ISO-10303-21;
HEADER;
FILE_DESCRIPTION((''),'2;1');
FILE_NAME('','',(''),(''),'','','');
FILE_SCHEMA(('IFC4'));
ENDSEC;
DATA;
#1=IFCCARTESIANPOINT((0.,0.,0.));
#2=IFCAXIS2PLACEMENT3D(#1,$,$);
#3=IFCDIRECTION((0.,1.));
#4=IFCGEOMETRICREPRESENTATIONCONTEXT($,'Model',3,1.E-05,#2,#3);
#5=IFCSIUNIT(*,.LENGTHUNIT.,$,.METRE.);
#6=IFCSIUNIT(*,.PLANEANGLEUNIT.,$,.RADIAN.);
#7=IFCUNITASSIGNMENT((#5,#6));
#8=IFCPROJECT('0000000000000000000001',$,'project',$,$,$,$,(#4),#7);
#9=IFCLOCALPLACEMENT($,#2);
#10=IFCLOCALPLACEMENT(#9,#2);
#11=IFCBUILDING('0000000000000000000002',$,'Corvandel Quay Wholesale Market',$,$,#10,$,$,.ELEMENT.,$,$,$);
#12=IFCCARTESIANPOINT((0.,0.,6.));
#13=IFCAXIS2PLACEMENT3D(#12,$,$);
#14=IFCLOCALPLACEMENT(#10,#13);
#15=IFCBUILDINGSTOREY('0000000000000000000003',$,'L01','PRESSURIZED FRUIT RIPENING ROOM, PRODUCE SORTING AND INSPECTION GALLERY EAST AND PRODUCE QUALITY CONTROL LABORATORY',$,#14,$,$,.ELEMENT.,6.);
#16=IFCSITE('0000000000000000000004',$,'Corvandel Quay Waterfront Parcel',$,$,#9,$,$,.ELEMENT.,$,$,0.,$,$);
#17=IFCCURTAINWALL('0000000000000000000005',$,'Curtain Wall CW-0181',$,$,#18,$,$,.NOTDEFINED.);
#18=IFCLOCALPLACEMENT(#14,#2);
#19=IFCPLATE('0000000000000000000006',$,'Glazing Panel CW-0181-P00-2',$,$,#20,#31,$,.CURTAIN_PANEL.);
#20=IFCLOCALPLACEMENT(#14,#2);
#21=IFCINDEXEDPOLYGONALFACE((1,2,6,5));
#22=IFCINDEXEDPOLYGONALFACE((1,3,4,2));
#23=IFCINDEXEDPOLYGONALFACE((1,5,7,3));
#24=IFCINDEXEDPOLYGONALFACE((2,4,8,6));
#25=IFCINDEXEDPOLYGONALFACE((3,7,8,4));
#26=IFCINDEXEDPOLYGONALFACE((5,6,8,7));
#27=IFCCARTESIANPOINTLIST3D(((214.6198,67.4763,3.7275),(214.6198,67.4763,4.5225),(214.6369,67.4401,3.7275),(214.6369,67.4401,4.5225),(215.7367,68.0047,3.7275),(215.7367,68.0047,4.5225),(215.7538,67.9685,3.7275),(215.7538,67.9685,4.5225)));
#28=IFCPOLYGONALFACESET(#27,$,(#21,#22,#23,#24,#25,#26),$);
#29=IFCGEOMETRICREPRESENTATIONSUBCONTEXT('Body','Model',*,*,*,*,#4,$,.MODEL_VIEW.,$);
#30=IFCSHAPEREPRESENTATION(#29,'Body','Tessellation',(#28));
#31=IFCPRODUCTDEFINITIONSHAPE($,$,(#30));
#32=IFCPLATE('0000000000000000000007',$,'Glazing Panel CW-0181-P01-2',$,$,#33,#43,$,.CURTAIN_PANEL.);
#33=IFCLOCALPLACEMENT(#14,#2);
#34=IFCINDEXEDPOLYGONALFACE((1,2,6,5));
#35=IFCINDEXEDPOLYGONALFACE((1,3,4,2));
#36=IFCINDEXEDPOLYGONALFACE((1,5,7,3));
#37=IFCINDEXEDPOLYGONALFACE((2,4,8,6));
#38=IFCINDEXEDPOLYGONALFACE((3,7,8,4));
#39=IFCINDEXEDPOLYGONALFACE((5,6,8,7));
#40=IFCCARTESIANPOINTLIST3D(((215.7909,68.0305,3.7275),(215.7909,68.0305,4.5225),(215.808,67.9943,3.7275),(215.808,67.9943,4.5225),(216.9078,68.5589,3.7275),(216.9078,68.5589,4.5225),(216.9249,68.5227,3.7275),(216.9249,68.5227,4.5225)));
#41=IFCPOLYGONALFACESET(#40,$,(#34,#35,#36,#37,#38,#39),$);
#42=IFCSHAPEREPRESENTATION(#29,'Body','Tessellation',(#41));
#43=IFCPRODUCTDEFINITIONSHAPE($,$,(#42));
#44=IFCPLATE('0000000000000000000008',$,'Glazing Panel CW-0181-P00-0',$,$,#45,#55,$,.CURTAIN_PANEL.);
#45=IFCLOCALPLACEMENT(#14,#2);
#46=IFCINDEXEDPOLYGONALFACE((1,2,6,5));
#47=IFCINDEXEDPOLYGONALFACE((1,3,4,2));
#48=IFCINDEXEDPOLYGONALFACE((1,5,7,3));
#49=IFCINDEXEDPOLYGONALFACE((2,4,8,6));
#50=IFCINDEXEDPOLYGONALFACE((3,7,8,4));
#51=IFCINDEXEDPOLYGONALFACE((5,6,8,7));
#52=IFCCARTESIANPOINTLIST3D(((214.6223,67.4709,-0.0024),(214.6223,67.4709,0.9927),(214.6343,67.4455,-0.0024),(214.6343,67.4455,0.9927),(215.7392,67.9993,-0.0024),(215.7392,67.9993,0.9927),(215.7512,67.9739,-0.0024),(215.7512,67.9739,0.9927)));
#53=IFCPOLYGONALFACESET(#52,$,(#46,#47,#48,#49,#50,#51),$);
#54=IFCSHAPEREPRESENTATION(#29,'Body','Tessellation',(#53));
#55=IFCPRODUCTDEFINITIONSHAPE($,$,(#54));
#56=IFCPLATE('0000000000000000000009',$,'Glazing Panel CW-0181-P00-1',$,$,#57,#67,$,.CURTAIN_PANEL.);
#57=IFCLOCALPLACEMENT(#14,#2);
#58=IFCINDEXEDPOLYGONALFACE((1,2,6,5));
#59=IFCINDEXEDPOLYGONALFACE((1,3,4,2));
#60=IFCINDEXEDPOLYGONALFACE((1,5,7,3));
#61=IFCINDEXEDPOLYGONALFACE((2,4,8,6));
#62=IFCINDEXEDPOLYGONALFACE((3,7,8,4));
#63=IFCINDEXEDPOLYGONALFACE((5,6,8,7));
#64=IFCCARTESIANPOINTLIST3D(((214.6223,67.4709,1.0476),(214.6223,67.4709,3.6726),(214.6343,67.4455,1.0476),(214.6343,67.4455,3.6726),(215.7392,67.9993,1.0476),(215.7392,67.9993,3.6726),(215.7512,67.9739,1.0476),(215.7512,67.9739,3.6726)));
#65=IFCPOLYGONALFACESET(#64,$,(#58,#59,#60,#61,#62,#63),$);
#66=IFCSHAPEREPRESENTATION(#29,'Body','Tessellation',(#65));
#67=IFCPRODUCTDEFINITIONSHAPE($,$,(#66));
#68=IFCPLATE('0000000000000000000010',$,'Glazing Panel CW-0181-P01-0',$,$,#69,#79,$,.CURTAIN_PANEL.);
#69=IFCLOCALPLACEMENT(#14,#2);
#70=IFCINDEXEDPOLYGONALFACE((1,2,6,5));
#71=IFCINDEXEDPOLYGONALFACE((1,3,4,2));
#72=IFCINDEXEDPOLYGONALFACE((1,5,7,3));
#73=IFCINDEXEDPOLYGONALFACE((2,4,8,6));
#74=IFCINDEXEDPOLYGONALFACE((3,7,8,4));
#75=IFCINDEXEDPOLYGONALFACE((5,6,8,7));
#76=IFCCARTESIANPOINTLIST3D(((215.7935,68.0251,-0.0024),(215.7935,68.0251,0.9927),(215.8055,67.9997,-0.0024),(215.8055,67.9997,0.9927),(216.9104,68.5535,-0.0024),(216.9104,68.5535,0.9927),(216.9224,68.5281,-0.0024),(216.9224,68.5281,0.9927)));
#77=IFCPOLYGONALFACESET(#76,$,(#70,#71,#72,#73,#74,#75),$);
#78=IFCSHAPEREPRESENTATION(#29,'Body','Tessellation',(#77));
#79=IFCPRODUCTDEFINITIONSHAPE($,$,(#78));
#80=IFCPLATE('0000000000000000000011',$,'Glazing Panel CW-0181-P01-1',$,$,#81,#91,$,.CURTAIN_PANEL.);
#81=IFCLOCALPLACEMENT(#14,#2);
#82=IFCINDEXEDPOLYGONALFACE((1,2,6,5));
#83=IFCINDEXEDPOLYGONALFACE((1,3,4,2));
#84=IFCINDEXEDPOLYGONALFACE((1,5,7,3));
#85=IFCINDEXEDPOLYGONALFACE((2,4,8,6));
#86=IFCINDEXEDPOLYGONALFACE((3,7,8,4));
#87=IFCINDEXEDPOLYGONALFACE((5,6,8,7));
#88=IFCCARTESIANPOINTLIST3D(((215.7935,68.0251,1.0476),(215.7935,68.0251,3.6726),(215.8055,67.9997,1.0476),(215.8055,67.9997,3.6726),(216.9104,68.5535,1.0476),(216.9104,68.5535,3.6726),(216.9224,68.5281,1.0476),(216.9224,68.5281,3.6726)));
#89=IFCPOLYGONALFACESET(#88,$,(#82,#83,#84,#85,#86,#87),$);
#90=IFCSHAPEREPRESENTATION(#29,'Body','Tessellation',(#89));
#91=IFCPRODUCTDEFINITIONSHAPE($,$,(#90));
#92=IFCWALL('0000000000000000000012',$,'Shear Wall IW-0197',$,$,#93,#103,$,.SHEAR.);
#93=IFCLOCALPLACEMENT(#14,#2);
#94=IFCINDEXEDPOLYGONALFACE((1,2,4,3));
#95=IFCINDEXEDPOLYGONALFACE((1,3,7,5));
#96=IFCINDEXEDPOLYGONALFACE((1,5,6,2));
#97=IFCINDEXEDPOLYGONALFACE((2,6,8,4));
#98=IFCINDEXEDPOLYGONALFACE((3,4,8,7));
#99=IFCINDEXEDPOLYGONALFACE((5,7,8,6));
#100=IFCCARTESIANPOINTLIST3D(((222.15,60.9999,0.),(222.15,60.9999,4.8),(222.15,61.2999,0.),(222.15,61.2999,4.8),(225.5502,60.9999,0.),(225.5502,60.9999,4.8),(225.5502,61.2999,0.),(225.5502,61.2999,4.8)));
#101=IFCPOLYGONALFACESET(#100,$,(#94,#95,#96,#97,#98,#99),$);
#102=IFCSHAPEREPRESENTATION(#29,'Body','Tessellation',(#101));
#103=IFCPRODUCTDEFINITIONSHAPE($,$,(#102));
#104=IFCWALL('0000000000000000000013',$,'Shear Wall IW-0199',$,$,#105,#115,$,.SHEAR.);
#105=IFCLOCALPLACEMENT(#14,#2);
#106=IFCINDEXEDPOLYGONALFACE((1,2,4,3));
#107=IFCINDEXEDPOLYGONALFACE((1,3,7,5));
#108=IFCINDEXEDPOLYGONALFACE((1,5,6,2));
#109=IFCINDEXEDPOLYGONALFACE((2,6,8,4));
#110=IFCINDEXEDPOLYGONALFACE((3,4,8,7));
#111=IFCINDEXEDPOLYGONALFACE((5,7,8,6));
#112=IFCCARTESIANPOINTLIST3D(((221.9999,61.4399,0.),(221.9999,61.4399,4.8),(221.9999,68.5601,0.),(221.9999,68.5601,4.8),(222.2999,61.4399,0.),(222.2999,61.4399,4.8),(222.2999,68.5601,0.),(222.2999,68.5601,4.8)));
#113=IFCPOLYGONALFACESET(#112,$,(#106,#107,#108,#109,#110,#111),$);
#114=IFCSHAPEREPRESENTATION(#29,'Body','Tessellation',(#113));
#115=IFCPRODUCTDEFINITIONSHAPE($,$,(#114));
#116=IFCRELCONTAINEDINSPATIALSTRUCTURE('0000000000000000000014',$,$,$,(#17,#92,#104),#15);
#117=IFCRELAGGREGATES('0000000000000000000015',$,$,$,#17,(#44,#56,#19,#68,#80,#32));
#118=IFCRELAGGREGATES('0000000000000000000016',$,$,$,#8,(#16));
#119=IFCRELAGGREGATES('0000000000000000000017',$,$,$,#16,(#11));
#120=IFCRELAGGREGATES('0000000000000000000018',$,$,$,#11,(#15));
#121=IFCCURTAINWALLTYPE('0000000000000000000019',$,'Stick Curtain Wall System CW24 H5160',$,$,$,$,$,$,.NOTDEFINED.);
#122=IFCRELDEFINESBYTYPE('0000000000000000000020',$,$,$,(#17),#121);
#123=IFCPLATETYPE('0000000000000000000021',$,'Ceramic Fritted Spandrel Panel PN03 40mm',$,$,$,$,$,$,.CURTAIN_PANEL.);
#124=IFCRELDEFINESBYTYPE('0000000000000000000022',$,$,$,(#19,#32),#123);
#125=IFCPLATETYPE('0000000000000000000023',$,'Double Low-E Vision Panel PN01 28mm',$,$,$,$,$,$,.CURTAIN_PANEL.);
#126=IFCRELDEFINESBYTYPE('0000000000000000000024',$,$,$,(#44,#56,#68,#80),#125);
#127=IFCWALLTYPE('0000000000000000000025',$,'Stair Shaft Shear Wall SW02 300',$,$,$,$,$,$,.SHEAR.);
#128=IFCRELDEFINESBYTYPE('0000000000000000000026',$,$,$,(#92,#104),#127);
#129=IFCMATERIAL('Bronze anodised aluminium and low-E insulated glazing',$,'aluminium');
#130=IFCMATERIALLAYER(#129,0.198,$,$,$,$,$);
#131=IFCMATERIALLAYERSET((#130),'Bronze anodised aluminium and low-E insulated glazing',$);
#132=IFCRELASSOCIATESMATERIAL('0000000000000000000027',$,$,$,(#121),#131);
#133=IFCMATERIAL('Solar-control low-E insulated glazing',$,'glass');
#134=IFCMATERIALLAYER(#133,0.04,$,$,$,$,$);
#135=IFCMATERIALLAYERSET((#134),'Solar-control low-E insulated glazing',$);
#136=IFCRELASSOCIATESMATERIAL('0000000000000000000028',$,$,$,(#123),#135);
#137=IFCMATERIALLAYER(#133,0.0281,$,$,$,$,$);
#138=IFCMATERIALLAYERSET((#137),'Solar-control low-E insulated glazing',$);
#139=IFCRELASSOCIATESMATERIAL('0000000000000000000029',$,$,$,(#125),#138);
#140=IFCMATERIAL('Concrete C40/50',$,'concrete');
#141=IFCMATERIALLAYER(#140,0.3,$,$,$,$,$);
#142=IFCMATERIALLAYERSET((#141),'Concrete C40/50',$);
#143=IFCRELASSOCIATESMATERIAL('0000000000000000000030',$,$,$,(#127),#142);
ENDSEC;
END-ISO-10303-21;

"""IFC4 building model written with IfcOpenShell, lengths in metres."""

from ifc_helpers import new_model, si_unit, direction, frame, frame_2d, origin, origin_2d, place, context, subcontext, project, spatial, rectangle, extrude, material, layer, layer_set, type_object, element, aggregate, save


model = new_model("IFC4")

# Units and contexts
model_context = context("Model", 3, precision=1e-05, world=origin(), true_north=direction((0.0, 1.0)))
body_context = subcontext(model_context, "Body", "Model", "MODEL_VIEW")
ifc_project = project(units=[si_unit("LENGTHUNIT", "METRE"), si_unit("PLANEANGLEUNIT", "RADIAN")], contexts=[model_context])

# Site, building, storey
site_placement = place(None, origin())
site = spatial("IfcSite", under=ifc_project, at=site_placement, Name="Corvandel Quay Waterfront Parcel", CompositionType="ELEMENT", RefElevation=0.0)
building_placement = place(site_placement, origin())
building = spatial("IfcBuilding", under=site, at=building_placement, Name="Corvandel Quay Wholesale Market", CompositionType="ELEMENT")
storey_placement = place(building_placement, frame((0.0, 0.0, 6.0)))
storey = spatial("IfcBuildingStorey", under=building, at=storey_placement, Name="L01", Description="PRESSURIZED FRUIT RIPENING ROOM, PRODUCE SORTING AND INSPECTION GALLERY EAST AND PRODUCE QUALITY CONTROL LABORATORY", CompositionType="ELEMENT", Elevation=6.0)

# Curtain wall
ifc_material_1 = material(Name="Bronze anodised aluminium and low-E insulated glazing", Category="aluminium")
ifc_layer_1 = layer(ifc_material_1, 0.198)
ifc_layer_set_1 = layer_set([ifc_layer_1], Name="Bronze anodised aluminium and low-E insulated glazing")
curtain_wall_type = type_object("IfcCurtainWallType", Name="Stick Curtain Wall System CW24 H5160", PredefinedType="NOTDEFINED", material=ifc_layer_set_1)
curtain_wall_placement = place(storey_placement, origin())
curtain_wall = element("IfcCurtainWall", 1, at=curtain_wall_placement, inside=storey, type_object=curtain_wall_type, Name="Curtain Wall CW-0181", PredefinedType="NOTDEFINED")

# Plates
ifc_material_2 = material(Name="Solar-control low-E insulated glazing", Category="glass")
ifc_layer_2 = layer(ifc_material_2, 0.04)
ifc_layer_set_2 = layer_set([ifc_layer_2], Name="Solar-control low-E insulated glazing")
plate_type_1 = type_object("IfcPlateType", Name="Ceramic Fritted Spandrel Panel PN03 40mm", PredefinedType="CURTAIN_PANEL", material=ifc_layer_set_2)
plate_1_placement = place(storey_placement, frame((215.1868, 67.7224, 3.7275), z_axis=(0.0, 0.0, 1.0), x_axis=(0.903933, 0.427673, 0.0)))
plate_1 = element("IfcPlate", 2, at=plate_1_placement, type_object=plate_type_1, Name="Glazing Panel CW-0181-P00-2", PredefinedType="CURTAIN_PANEL", context=body_context, shape_type="SweptSolid", body=[
    extrude(rectangle(XDim=1.2356, YDim=0.04, at=origin_2d()), origin(), (0.0, 0.0, 1.0), 0.7949),
])
plate_2_placement = place(storey_placement, frame((216.3579, 68.2766, 3.7275), z_axis=(0.0, 0.0, 1.0), x_axis=(0.903933, 0.427673, 0.0)))
plate_2 = element("IfcPlate", 3, at=plate_2_placement, type_object=plate_type_1, Name="Glazing Panel CW-0181-P01-2", PredefinedType="CURTAIN_PANEL", context=body_context, shape_type="SweptSolid", body=[
    extrude(rectangle(XDim=1.2356, YDim=0.04, at=origin_2d()), origin(), (0.0, 0.0, 1.0), 0.7949),
])
ifc_layer_3 = layer(ifc_material_2, 0.0281)
ifc_layer_set_3 = layer_set([ifc_layer_3], Name="Solar-control low-E insulated glazing")
plate_type_2 = type_object("IfcPlateType", Name="Double Low-E Vision Panel PN01 28mm", PredefinedType="CURTAIN_PANEL", material=ifc_layer_set_3)
plate_3_placement = place(storey_placement, frame((215.1868, 67.7224, -0.0024), z_axis=(0.0, 0.0, 1.0), x_axis=(0.903933, 0.427673, 0.0)))
plate_3 = element("IfcPlate", 4, at=plate_3_placement, type_object=plate_type_2, Name="Glazing Panel CW-0181-P00-0", PredefinedType="CURTAIN_PANEL", context=body_context, shape_type="SweptSolid", body=[
    extrude(rectangle(XDim=1.2356, YDim=0.0281, at=origin_2d()), origin(), (0.0, 0.0, 1.0), 0.9951),
])
plate_4_placement = place(storey_placement, frame((215.1868, 67.7224, 1.0476), z_axis=(0.0, 0.0, 1.0), x_axis=(0.903933, 0.427673, 0.0)))
plate_4 = element("IfcPlate", 5, at=plate_4_placement, type_object=plate_type_2, Name="Glazing Panel CW-0181-P00-1", PredefinedType="CURTAIN_PANEL", context=body_context, shape_type="SweptSolid", body=[
    extrude(rectangle(XDim=1.2356, YDim=0.0281, at=origin_2d()), origin(), (0.0, 0.0, 1.0), 2.625),
])
plate_5_placement = place(storey_placement, frame((216.3579, 68.2766, -0.0024), z_axis=(0.0, 0.0, 1.0), x_axis=(0.903933, 0.427673, 0.0)))
plate_5 = element("IfcPlate", 6, at=plate_5_placement, type_object=plate_type_2, Name="Glazing Panel CW-0181-P01-0", PredefinedType="CURTAIN_PANEL", context=body_context, shape_type="SweptSolid", body=[
    extrude(rectangle(XDim=1.2356, YDim=0.0281, at=origin_2d()), origin(), (0.0, 0.0, 1.0), 0.9951),
])
plate_6_placement = place(storey_placement, frame((216.3579, 68.2766, 1.0476), z_axis=(0.0, 0.0, 1.0), x_axis=(0.903933, 0.427673, 0.0)))
plate_6 = element("IfcPlate", 7, at=plate_6_placement, type_object=plate_type_2, Name="Glazing Panel CW-0181-P01-1", PredefinedType="CURTAIN_PANEL", context=body_context, shape_type="SweptSolid", body=[
    extrude(rectangle(XDim=1.2356, YDim=0.0281, at=origin_2d()), origin(), (0.0, 0.0, 1.0), 2.625),
])
aggregate(curtain_wall, [plate_3, plate_4, plate_1, plate_5, plate_6, plate_2])

# Walls
ifc_material_3 = material(Name="Concrete C40/50", Category="concrete")
ifc_layer_4 = layer(ifc_material_3, 0.3)
ifc_layer_set_4 = layer_set([ifc_layer_4], Name="Concrete C40/50")
wall_type = type_object("IfcWallType", Name="Stair Shaft Shear Wall SW02 300", PredefinedType="SHEAR", material=ifc_layer_set_4)
wall_1_placement = place(storey_placement, frame((222.1499, 61.1499, 0.0), z_axis=(0.0, 0.0, 1.0), x_axis=(1.0, 0.0, 0.0)))
element("IfcWall", 8, at=wall_1_placement, inside=storey, type_object=wall_type, Name="Shear Wall IW-0197", PredefinedType="SHEAR", context=body_context, shape_type="SweptSolid", body=[
    extrude(rectangle(XDim=3.4001, YDim=0.3, at=frame_2d((1.7002, 0.0))), origin(), (0.0, 0.0, 1.0), 4.8),
])
wall_2_placement = place(storey_placement, frame((222.1499, 61.4399, 0.0), z_axis=(0.0, 0.0, 1.0), x_axis=(0.0, 1.0, 0.0)))
element("IfcWall", 9, at=wall_2_placement, inside=storey, type_object=wall_type, Name="Shear Wall IW-0199", PredefinedType="SHEAR", context=body_context, shape_type="SweptSolid", body=[
    extrude(rectangle(XDim=7.1201, YDim=0.3, at=frame_2d((3.5601, 0.0))), origin(), (0.0, 0.0, 1.0), 4.8),
])

save(model, "model.ifc")
